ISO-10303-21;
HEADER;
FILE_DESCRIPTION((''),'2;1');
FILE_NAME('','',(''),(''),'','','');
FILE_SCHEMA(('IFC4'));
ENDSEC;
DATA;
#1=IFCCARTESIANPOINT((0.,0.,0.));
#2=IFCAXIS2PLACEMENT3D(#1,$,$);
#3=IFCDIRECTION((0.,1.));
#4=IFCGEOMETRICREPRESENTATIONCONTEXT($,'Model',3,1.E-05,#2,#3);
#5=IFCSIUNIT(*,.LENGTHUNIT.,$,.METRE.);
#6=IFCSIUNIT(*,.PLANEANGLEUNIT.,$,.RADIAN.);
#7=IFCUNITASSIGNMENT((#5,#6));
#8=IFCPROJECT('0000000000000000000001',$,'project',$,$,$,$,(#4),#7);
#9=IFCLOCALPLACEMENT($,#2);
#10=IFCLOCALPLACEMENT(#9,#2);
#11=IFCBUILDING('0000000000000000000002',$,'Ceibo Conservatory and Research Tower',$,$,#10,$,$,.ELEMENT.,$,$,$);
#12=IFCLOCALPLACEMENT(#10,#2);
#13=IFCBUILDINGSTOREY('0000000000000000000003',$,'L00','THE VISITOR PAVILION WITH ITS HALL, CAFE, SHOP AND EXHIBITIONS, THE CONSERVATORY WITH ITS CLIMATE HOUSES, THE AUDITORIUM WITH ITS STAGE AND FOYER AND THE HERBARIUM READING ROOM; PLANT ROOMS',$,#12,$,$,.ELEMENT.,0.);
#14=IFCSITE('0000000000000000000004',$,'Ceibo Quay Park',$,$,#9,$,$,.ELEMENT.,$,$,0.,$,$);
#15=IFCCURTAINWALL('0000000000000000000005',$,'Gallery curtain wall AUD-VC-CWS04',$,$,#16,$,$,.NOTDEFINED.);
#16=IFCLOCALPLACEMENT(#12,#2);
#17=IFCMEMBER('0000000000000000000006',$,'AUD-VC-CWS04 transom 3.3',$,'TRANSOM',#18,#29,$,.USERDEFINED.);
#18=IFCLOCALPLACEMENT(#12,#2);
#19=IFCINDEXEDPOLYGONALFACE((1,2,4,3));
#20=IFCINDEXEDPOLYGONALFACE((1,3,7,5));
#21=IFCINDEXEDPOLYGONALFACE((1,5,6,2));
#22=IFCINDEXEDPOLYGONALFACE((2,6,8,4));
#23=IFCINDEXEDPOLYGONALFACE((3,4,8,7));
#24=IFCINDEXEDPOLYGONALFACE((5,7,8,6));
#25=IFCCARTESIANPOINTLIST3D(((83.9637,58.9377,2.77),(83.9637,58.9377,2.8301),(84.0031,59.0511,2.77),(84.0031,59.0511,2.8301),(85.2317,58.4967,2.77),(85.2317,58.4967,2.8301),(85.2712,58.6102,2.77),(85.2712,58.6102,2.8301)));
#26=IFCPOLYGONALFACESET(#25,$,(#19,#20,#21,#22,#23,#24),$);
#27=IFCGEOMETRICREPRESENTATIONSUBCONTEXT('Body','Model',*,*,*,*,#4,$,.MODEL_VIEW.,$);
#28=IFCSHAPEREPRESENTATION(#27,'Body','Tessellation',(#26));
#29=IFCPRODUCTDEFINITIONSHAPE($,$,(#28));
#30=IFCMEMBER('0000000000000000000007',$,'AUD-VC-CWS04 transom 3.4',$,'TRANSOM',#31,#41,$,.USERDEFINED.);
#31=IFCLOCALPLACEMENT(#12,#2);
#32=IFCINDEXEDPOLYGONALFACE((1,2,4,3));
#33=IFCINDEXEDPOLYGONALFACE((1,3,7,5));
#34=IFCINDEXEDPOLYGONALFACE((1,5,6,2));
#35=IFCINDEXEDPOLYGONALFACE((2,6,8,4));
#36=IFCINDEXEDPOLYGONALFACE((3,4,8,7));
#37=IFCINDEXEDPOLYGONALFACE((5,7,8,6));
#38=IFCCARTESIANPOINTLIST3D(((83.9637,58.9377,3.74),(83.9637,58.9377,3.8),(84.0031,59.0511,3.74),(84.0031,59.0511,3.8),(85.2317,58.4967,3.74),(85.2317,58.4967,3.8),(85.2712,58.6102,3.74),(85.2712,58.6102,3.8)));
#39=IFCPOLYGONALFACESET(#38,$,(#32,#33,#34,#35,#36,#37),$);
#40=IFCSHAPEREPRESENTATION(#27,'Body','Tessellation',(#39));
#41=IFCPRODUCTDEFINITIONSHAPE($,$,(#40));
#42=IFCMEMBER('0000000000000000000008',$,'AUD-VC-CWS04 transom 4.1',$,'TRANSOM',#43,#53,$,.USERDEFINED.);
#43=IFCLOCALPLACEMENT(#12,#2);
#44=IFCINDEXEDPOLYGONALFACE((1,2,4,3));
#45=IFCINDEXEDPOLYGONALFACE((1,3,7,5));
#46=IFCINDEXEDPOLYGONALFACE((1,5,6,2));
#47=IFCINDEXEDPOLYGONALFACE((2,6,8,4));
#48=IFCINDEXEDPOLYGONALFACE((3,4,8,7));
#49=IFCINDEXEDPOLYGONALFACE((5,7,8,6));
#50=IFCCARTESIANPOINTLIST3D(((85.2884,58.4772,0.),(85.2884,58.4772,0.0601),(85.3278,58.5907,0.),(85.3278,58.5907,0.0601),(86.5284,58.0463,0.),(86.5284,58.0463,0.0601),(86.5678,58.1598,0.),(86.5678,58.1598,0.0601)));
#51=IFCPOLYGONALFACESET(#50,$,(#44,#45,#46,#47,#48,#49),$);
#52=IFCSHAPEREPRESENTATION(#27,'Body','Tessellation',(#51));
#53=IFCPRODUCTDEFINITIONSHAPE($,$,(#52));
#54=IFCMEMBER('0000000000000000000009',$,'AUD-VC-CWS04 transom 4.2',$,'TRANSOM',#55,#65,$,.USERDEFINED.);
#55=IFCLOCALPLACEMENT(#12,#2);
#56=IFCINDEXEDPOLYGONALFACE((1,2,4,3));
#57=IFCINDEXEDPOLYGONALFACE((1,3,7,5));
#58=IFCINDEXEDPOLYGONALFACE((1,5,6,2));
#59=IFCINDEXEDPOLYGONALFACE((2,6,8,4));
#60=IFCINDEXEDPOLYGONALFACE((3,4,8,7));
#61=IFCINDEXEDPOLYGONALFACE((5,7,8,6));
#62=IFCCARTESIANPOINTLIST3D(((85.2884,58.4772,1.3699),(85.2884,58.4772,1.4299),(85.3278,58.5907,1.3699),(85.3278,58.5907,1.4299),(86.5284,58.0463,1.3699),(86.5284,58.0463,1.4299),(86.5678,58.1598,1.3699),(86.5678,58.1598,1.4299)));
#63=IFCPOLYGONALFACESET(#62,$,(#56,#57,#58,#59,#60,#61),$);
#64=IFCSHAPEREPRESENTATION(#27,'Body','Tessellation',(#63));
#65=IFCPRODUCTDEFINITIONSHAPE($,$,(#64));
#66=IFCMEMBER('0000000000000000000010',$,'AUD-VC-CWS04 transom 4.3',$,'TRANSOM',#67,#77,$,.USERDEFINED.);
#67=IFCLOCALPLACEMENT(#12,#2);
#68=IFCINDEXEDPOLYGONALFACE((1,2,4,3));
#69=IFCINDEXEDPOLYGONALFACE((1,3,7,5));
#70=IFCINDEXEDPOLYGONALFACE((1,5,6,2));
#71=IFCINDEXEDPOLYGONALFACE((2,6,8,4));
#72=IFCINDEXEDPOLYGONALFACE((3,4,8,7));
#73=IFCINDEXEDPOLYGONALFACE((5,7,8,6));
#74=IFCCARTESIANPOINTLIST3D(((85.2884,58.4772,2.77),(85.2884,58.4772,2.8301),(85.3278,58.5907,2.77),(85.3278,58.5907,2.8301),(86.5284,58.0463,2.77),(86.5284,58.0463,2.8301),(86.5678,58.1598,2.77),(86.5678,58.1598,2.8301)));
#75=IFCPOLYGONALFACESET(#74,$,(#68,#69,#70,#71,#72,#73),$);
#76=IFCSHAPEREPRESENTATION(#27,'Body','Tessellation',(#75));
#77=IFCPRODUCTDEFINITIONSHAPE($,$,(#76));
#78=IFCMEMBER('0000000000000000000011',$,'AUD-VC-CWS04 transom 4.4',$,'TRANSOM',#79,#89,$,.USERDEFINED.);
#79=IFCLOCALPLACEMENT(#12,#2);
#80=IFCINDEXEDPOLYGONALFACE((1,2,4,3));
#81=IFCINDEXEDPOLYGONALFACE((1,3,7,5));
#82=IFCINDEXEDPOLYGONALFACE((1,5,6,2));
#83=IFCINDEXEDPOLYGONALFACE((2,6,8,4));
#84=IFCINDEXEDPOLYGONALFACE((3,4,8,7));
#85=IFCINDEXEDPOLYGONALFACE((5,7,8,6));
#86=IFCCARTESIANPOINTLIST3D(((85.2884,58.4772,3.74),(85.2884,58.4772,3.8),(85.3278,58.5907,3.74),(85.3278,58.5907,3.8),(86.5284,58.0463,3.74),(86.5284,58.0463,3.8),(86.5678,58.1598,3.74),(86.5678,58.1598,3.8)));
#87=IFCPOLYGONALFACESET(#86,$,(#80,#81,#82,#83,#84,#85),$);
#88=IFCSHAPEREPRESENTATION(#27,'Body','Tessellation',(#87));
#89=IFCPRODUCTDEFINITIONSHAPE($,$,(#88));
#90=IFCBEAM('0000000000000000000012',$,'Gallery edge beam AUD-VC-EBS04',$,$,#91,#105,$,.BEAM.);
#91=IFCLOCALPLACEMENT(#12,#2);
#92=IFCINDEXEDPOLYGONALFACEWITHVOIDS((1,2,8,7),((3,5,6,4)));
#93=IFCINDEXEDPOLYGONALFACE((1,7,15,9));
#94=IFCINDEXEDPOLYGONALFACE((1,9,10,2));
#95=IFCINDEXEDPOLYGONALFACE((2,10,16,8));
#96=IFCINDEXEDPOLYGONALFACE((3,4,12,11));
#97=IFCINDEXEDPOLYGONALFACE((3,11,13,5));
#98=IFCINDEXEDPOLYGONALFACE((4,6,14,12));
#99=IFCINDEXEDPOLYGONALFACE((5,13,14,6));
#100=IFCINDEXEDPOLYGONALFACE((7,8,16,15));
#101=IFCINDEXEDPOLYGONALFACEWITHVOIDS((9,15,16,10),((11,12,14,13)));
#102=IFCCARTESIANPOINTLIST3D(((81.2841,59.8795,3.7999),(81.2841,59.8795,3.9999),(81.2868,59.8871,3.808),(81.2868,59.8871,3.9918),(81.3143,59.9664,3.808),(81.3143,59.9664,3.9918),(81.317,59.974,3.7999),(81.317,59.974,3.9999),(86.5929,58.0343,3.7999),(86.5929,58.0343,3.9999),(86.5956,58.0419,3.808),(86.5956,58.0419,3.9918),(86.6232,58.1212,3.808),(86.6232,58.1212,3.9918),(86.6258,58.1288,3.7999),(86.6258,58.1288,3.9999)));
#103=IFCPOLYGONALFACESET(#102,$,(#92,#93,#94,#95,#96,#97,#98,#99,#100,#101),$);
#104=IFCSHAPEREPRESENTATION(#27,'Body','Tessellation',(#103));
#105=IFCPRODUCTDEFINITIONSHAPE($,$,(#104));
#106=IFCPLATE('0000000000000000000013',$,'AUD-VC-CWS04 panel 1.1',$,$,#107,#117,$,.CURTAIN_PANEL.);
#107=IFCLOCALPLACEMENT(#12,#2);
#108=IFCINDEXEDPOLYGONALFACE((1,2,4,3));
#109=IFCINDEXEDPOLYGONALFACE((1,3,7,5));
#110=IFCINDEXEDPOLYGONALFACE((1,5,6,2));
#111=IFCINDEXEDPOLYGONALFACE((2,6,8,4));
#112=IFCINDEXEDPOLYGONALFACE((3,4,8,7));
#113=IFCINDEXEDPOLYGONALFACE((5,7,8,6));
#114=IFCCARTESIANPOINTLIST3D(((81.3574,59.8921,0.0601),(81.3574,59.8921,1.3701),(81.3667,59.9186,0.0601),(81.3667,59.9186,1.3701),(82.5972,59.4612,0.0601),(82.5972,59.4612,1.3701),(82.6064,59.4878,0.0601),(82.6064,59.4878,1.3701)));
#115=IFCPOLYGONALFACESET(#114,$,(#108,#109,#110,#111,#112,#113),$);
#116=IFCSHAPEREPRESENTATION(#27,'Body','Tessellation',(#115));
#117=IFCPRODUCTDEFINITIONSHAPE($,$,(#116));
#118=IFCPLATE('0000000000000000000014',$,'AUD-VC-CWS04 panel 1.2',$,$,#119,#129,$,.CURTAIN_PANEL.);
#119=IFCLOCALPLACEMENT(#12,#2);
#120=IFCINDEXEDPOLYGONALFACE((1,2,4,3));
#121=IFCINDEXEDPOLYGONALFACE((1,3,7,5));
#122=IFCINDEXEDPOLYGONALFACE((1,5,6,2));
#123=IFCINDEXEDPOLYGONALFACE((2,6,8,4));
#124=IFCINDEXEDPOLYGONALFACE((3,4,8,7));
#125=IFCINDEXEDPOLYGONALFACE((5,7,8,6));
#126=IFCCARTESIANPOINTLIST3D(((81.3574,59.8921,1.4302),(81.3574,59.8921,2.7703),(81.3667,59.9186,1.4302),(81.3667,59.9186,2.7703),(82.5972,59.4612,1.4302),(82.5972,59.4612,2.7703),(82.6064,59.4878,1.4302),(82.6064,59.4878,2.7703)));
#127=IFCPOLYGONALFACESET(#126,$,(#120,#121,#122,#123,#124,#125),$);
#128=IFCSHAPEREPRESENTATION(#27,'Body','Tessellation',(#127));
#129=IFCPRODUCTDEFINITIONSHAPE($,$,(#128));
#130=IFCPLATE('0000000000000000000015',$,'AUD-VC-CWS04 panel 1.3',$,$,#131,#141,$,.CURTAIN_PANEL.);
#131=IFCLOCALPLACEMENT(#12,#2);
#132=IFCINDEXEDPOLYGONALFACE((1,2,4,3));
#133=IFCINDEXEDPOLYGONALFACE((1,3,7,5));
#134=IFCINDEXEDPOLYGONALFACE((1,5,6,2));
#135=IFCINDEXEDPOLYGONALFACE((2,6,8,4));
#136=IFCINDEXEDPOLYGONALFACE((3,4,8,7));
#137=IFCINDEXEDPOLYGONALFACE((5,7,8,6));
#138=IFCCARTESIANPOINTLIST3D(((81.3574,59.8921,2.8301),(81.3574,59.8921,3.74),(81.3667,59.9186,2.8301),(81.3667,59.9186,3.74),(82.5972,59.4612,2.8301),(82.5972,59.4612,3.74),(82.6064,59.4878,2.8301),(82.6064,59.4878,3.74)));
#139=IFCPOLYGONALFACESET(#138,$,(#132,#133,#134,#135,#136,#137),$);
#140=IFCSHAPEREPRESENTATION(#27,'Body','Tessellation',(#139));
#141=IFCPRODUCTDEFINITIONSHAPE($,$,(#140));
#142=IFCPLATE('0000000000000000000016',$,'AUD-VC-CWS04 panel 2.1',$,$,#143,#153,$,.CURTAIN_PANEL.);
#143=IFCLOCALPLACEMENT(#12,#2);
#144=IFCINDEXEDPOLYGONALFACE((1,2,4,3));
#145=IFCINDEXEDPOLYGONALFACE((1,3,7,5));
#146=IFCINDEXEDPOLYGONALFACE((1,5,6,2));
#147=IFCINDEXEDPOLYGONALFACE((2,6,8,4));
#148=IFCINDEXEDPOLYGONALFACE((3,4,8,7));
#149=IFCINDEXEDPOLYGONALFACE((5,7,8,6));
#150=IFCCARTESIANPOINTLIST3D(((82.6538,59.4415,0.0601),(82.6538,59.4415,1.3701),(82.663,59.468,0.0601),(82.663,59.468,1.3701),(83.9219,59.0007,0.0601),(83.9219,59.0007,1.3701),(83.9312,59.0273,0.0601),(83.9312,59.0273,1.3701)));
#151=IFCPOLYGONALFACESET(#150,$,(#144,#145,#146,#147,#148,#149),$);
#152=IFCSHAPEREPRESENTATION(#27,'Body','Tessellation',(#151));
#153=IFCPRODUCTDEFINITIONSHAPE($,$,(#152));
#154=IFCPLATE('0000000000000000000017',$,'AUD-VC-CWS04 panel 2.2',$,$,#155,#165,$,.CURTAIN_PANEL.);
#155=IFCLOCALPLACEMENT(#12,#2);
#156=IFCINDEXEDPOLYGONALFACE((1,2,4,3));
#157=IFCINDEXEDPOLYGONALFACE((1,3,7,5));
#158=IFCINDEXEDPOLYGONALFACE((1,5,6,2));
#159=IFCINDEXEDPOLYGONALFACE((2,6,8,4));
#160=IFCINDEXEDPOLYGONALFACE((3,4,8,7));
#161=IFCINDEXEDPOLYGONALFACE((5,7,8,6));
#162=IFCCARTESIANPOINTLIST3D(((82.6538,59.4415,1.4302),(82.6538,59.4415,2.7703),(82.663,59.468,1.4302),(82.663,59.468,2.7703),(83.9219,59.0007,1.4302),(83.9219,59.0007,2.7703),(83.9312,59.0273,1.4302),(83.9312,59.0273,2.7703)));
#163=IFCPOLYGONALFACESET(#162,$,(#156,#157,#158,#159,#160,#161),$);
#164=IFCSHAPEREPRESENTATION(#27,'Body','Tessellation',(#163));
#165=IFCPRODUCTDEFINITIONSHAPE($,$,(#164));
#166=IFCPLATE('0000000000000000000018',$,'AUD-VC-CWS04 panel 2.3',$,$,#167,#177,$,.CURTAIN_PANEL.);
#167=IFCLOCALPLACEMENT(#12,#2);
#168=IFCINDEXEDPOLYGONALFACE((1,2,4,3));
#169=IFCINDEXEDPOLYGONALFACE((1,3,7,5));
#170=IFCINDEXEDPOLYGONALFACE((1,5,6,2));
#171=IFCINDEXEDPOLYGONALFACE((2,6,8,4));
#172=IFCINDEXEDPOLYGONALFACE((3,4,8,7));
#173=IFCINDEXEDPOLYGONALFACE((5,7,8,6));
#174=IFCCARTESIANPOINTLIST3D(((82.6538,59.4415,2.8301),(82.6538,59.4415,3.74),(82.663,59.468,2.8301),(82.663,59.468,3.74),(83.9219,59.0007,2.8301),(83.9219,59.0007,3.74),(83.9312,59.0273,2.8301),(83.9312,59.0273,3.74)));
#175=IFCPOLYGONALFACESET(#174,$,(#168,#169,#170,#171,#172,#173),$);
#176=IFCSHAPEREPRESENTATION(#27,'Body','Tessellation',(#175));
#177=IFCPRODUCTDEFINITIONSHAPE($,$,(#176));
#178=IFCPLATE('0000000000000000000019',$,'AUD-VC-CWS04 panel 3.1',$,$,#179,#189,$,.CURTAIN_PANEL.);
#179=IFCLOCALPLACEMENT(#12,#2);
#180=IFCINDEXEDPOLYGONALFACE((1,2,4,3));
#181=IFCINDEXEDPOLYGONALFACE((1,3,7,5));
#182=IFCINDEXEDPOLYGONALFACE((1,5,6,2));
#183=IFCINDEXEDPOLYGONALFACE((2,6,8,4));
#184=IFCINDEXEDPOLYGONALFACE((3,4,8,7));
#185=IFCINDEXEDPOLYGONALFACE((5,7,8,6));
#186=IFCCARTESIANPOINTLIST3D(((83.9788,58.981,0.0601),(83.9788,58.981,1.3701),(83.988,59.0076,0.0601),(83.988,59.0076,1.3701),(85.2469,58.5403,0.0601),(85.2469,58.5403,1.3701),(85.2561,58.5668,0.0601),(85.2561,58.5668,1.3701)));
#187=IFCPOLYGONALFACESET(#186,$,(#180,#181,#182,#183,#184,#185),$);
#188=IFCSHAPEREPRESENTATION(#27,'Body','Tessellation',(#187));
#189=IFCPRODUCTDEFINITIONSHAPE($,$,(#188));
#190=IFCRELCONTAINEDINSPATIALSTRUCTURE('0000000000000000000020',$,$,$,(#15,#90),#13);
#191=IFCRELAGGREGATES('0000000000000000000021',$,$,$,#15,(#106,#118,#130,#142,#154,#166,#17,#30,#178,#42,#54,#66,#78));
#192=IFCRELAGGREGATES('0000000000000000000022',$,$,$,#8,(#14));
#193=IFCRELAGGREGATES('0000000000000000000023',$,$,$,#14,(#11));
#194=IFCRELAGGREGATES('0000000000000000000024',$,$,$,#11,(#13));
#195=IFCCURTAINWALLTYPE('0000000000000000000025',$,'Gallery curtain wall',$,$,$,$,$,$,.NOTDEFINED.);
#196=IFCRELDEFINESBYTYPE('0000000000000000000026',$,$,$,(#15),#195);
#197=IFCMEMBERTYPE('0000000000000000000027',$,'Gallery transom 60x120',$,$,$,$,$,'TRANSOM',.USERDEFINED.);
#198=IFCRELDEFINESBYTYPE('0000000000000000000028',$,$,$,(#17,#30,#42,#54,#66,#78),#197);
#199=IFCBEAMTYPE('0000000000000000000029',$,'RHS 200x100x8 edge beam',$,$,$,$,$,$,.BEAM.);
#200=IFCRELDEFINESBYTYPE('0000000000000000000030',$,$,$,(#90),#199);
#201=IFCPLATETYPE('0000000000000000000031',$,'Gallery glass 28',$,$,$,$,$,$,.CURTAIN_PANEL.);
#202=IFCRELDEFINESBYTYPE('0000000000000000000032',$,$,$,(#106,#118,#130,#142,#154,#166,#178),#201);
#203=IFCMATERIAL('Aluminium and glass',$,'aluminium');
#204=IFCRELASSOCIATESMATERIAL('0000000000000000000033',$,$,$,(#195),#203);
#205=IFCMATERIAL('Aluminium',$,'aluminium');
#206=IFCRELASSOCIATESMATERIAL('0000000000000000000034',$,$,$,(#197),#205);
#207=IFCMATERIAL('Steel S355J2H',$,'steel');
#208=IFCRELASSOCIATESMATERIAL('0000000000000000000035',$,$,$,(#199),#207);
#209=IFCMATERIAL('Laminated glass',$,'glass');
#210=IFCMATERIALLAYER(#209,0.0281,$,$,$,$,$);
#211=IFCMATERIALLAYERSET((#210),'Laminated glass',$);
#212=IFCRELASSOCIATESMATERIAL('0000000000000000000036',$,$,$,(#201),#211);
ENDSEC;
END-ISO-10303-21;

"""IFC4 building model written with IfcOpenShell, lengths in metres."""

from ifc_helpers import new_model, si_unit, direction, frame, origin, origin_2d, place, context, subcontext, project, spatial, rectangle, hollow_rectangle, extrude, material, layer, layer_set, material_profile, profile_set, type_object, element, aggregate, save


model = new_model("IFC4")

# Units and contexts
model_context = context("Model", 3, precision=1e-05, world=origin(), true_north=direction((0.0, 1.0)))
body_context = subcontext(model_context, "Body", "Model", "MODEL_VIEW")
ifc_project = project(units=[si_unit("LENGTHUNIT", "METRE"), si_unit("PLANEANGLEUNIT", "RADIAN")], contexts=[model_context])

# Site, building, storey
site_placement = place(None, origin())
site = spatial("IfcSite", under=ifc_project, at=site_placement, Name="Ceibo Quay Park", CompositionType="ELEMENT", RefElevation=0.0)
building_placement = place(site_placement, origin())
building = spatial("IfcBuilding", under=site, at=building_placement, Name="Ceibo Conservatory and Research Tower", CompositionType="ELEMENT")
storey_placement = place(building_placement, origin())
storey = spatial("IfcBuildingStorey", under=building, at=storey_placement, Name="L00", Description="THE VISITOR PAVILION WITH ITS HALL, CAFE, SHOP AND EXHIBITIONS, THE CONSERVATORY WITH ITS CLIMATE HOUSES, THE AUDITORIUM WITH ITS STAGE AND FOYER AND THE HERBARIUM READING ROOM; PLANT ROOMS", CompositionType="ELEMENT", Elevation=0.0)

# Curtain wall, members
ifc_material_1 = material(Name="Aluminium and glass", Category="aluminium")
curtain_wall_type = type_object("IfcCurtainWallType", Name="Gallery curtain wall", PredefinedType="NOTDEFINED", material=ifc_material_1)
curtain_wall_placement = place(storey_placement, origin())
curtain_wall = element("IfcCurtainWall", 1, at=curtain_wall_placement, inside=storey, type_object=curtain_wall_type, Name="Gallery curtain wall AUD-VC-CWS04", PredefinedType="NOTDEFINED")
ifc_material_2 = material(Name="Aluminium", Category="aluminium")
ifc_material_profile_1 = material_profile(ifc_material_2, rectangle(XDim=0.1201, YDim=0.0601, at=origin_2d()), Name="AL 60x120")
ifc_profile_set_1 = profile_set([ifc_material_profile_1], Name="Aluminium")
member_type_1 = type_object("IfcMemberType", Name="Gallery transom 60x120", ElementType="TRANSOM", PredefinedType="USERDEFINED", material=ifc_profile_set_1)
member_1_placement = place(storey_placement, frame((83.9834, 58.9944, 2.8), z_axis=(0.944531, -0.328422, 0.0), x_axis=(0.328422, 0.944531, 0.0)))
member_1 = element("IfcMember", 2, at=member_1_placement, type_object=member_type_1, Name="AUD-VC-CWS04 transom 3.3", ObjectType="TRANSOM", PredefinedType="USERDEFINED", context=body_context, shape_type="SweptSolid", body=[
    extrude(rectangle(XDim=0.1201, YDim=0.0601, at=origin_2d()), origin(), (0.0, 0.0, 1.0), 1.3425),
])
member_2_placement = place(storey_placement, frame((83.9834, 58.9944, 3.77), z_axis=(0.944531, -0.328422, 0.0), x_axis=(0.328422, 0.944531, 0.0)))
member_2 = element("IfcMember", 3, at=member_2_placement, type_object=member_type_1, Name="AUD-VC-CWS04 transom 3.4", ObjectType="TRANSOM", PredefinedType="USERDEFINED", context=body_context, shape_type="SweptSolid", body=[
    extrude(rectangle(XDim=0.1201, YDim=0.0601, at=origin_2d()), origin(), (0.0, 0.0, 1.0), 1.3425),
])
member_3_placement = place(storey_placement, frame((85.3081, 58.5339, 0.03), z_axis=(0.94459, -0.328254, 0.0), x_axis=(0.328254, 0.94459, 0.0)))
member_3 = element("IfcMember", 4, at=member_3_placement, type_object=member_type_1, Name="AUD-VC-CWS04 transom 4.1", ObjectType="TRANSOM", PredefinedType="USERDEFINED", context=body_context, shape_type="SweptSolid", body=[
    extrude(rectangle(XDim=0.1201, YDim=0.0601, at=origin_2d()), origin(), (0.0, 0.0, 1.0), 1.3127),
])
member_4_placement = place(storey_placement, frame((85.3081, 58.5339, 1.3999), z_axis=(0.94459, -0.328254, 0.0), x_axis=(0.328254, 0.94459, 0.0)))
member_4 = element("IfcMember", 5, at=member_4_placement, type_object=member_type_1, Name="AUD-VC-CWS04 transom 4.2", ObjectType="TRANSOM", PredefinedType="USERDEFINED", context=body_context, shape_type="SweptSolid", body=[
    extrude(rectangle(XDim=0.1201, YDim=0.0601, at=origin_2d()), origin(), (0.0, 0.0, 1.0), 1.3127),
])
member_5_placement = place(storey_placement, frame((85.3081, 58.5339, 2.8), z_axis=(0.94459, -0.328254, 0.0), x_axis=(0.328254, 0.94459, 0.0)))
member_5 = element("IfcMember", 6, at=member_5_placement, type_object=member_type_1, Name="AUD-VC-CWS04 transom 4.3", ObjectType="TRANSOM", PredefinedType="USERDEFINED", context=body_context, shape_type="SweptSolid", body=[
    extrude(rectangle(XDim=0.1201, YDim=0.0601, at=origin_2d()), origin(), (0.0, 0.0, 1.0), 1.3127),
])
member_6_placement = place(storey_placement, frame((85.3081, 58.5339, 3.77), z_axis=(0.94459, -0.328254, 0.0), x_axis=(0.328254, 0.94459, 0.0)))
member_6 = element("IfcMember", 7, at=member_6_placement, type_object=member_type_1, Name="AUD-VC-CWS04 transom 4.4", ObjectType="TRANSOM", PredefinedType="USERDEFINED", context=body_context, shape_type="SweptSolid", body=[
    extrude(rectangle(XDim=0.1201, YDim=0.0601, at=origin_2d()), origin(), (0.0, 0.0, 1.0), 1.3127),
])

# Beam
ifc_material_3 = material(Name="Steel S355J2H", Category="steel")
ifc_material_profile_2 = material_profile(ifc_material_3, hollow_rectangle(XDim=0.1001, YDim=0.2, WallThickness=0.0081, at=origin_2d()), Name="RHS 200x100x8 edge beam")
ifc_profile_set_2 = profile_set([ifc_material_profile_2], Name="Steel S355J2H")
beam_type = type_object("IfcBeamType", Name="RHS 200x100x8 edge beam", PredefinedType="BEAM", material=ifc_profile_set_2)
beam_placement = place(storey_placement, frame((81.3005, 59.9268, 3.8999), z_axis=(0.944571, -0.328308, 0.0), x_axis=(0.328308, 0.944571, 0.0)))
element("IfcBeam", 8, at=beam_placement, inside=storey, type_object=beam_type, Name="Gallery edge beam AUD-VC-EBS04", PredefinedType="BEAM", context=body_context, shape_type="SweptSolid", body=[
    extrude(hollow_rectangle(XDim=0.1001, YDim=0.2, WallThickness=0.0081, at=origin_2d()), origin(), (0.0, 0.0, 1.0), 5.6204),
])

# Plates
ifc_material_4 = material(Name="Laminated glass", Category="glass")
ifc_layer = layer(ifc_material_4, 0.0281)
ifc_layer_set = layer_set([ifc_layer], Name="Laminated glass")
plate_type = type_object("IfcPlateType", Name="Gallery glass 28", PredefinedType="CURTAIN_PANEL", material=ifc_layer_set)
plate_1_placement = place(storey_placement, frame((81.9819, 59.6899, 0.0601), z_axis=(0.0, 0.0, 1.0), x_axis=(0.944579, -0.328284, 0.0)))
plate_1 = element("IfcPlate", 9, at=plate_1_placement, type_object=plate_type, Name="AUD-VC-CWS04 panel 1.1", PredefinedType="CURTAIN_PANEL", context=body_context, shape_type="SweptSolid", body=[
    extrude(rectangle(XDim=1.3125, YDim=0.0281, at=origin_2d()), origin(), (0.0, 0.0, 1.0), 1.3101),
])
plate_2_placement = place(storey_placement, frame((81.9819, 59.6899, 1.4302), z_axis=(0.0, 0.0, 1.0), x_axis=(0.944579, -0.328284, 0.0)))
plate_2 = element("IfcPlate", 10, at=plate_2_placement, type_object=plate_type, Name="AUD-VC-CWS04 panel 1.2", PredefinedType="CURTAIN_PANEL", context=body_context, shape_type="SweptSolid", body=[
    extrude(rectangle(XDim=1.3125, YDim=0.0281, at=origin_2d()), origin(), (0.0, 0.0, 1.0), 1.3401),
])
plate_3_placement = place(storey_placement, frame((81.9819, 59.6899, 2.8301), z_axis=(0.0, 0.0, 1.0), x_axis=(0.944579, -0.328284, 0.0)))
plate_3 = element("IfcPlate", 11, at=plate_3_placement, type_object=plate_type, Name="AUD-VC-CWS04 panel 1.3", PredefinedType="CURTAIN_PANEL", context=body_context, shape_type="SweptSolid", body=[
    extrude(rectangle(XDim=1.3125, YDim=0.0281, at=origin_2d()), origin(), (0.0, 0.0, 1.0), 0.9099),
])
plate_4_placement = place(storey_placement, frame((83.2925, 59.2344, 0.0601), z_axis=(0.0, 0.0, 1.0), x_axis=(0.944579, -0.328284, 0.0)))
plate_4 = element("IfcPlate", 12, at=plate_4_placement, type_object=plate_type, Name="AUD-VC-CWS04 panel 2.1", PredefinedType="CURTAIN_PANEL", context=body_context, shape_type="SweptSolid", body=[
    extrude(rectangle(XDim=1.3425, YDim=0.0281, at=origin_2d()), origin(), (0.0, 0.0, 1.0), 1.3101),
])
plate_5_placement = place(storey_placement, frame((83.2925, 59.2344, 1.4302), z_axis=(0.0, 0.0, 1.0), x_axis=(0.944579, -0.328284, 0.0)))
plate_5 = element("IfcPlate", 13, at=plate_5_placement, type_object=plate_type, Name="AUD-VC-CWS04 panel 2.2", PredefinedType="CURTAIN_PANEL", context=body_context, shape_type="SweptSolid", body=[
    extrude(rectangle(XDim=1.3425, YDim=0.0281, at=origin_2d()), origin(), (0.0, 0.0, 1.0), 1.3401),
])
plate_6_placement = place(storey_placement, frame((83.2925, 59.2344, 2.8301), z_axis=(0.0, 0.0, 1.0), x_axis=(0.944579, -0.328284, 0.0)))
plate_6 = element("IfcPlate", 14, at=plate_6_placement, type_object=plate_type, Name="AUD-VC-CWS04 panel 2.3", PredefinedType="CURTAIN_PANEL", context=body_context, shape_type="SweptSolid", body=[
    extrude(rectangle(XDim=1.3425, YDim=0.0281, at=origin_2d()), origin(), (0.0, 0.0, 1.0), 0.9099),
])
plate_7_placement = place(storey_placement, frame((84.6174, 58.7739, 0.0601), z_axis=(0.0, 0.0, 1.0), x_axis=(0.944579, -0.328284, 0.0)))
plate_7 = element("IfcPlate", 15, at=plate_7_placement, type_object=plate_type, Name="AUD-VC-CWS04 panel 3.1", PredefinedType="CURTAIN_PANEL", context=body_context, shape_type="SweptSolid", body=[
    extrude(rectangle(XDim=1.3425, YDim=0.0281, at=origin_2d()), origin(), (0.0, 0.0, 1.0), 1.3101),
])
aggregate(curtain_wall, [plate_1, plate_2, plate_3, plate_4, plate_5, plate_6, member_1, member_2, plate_7, member_3, member_4, member_5, member_6])

save(model, "model.ifc")
